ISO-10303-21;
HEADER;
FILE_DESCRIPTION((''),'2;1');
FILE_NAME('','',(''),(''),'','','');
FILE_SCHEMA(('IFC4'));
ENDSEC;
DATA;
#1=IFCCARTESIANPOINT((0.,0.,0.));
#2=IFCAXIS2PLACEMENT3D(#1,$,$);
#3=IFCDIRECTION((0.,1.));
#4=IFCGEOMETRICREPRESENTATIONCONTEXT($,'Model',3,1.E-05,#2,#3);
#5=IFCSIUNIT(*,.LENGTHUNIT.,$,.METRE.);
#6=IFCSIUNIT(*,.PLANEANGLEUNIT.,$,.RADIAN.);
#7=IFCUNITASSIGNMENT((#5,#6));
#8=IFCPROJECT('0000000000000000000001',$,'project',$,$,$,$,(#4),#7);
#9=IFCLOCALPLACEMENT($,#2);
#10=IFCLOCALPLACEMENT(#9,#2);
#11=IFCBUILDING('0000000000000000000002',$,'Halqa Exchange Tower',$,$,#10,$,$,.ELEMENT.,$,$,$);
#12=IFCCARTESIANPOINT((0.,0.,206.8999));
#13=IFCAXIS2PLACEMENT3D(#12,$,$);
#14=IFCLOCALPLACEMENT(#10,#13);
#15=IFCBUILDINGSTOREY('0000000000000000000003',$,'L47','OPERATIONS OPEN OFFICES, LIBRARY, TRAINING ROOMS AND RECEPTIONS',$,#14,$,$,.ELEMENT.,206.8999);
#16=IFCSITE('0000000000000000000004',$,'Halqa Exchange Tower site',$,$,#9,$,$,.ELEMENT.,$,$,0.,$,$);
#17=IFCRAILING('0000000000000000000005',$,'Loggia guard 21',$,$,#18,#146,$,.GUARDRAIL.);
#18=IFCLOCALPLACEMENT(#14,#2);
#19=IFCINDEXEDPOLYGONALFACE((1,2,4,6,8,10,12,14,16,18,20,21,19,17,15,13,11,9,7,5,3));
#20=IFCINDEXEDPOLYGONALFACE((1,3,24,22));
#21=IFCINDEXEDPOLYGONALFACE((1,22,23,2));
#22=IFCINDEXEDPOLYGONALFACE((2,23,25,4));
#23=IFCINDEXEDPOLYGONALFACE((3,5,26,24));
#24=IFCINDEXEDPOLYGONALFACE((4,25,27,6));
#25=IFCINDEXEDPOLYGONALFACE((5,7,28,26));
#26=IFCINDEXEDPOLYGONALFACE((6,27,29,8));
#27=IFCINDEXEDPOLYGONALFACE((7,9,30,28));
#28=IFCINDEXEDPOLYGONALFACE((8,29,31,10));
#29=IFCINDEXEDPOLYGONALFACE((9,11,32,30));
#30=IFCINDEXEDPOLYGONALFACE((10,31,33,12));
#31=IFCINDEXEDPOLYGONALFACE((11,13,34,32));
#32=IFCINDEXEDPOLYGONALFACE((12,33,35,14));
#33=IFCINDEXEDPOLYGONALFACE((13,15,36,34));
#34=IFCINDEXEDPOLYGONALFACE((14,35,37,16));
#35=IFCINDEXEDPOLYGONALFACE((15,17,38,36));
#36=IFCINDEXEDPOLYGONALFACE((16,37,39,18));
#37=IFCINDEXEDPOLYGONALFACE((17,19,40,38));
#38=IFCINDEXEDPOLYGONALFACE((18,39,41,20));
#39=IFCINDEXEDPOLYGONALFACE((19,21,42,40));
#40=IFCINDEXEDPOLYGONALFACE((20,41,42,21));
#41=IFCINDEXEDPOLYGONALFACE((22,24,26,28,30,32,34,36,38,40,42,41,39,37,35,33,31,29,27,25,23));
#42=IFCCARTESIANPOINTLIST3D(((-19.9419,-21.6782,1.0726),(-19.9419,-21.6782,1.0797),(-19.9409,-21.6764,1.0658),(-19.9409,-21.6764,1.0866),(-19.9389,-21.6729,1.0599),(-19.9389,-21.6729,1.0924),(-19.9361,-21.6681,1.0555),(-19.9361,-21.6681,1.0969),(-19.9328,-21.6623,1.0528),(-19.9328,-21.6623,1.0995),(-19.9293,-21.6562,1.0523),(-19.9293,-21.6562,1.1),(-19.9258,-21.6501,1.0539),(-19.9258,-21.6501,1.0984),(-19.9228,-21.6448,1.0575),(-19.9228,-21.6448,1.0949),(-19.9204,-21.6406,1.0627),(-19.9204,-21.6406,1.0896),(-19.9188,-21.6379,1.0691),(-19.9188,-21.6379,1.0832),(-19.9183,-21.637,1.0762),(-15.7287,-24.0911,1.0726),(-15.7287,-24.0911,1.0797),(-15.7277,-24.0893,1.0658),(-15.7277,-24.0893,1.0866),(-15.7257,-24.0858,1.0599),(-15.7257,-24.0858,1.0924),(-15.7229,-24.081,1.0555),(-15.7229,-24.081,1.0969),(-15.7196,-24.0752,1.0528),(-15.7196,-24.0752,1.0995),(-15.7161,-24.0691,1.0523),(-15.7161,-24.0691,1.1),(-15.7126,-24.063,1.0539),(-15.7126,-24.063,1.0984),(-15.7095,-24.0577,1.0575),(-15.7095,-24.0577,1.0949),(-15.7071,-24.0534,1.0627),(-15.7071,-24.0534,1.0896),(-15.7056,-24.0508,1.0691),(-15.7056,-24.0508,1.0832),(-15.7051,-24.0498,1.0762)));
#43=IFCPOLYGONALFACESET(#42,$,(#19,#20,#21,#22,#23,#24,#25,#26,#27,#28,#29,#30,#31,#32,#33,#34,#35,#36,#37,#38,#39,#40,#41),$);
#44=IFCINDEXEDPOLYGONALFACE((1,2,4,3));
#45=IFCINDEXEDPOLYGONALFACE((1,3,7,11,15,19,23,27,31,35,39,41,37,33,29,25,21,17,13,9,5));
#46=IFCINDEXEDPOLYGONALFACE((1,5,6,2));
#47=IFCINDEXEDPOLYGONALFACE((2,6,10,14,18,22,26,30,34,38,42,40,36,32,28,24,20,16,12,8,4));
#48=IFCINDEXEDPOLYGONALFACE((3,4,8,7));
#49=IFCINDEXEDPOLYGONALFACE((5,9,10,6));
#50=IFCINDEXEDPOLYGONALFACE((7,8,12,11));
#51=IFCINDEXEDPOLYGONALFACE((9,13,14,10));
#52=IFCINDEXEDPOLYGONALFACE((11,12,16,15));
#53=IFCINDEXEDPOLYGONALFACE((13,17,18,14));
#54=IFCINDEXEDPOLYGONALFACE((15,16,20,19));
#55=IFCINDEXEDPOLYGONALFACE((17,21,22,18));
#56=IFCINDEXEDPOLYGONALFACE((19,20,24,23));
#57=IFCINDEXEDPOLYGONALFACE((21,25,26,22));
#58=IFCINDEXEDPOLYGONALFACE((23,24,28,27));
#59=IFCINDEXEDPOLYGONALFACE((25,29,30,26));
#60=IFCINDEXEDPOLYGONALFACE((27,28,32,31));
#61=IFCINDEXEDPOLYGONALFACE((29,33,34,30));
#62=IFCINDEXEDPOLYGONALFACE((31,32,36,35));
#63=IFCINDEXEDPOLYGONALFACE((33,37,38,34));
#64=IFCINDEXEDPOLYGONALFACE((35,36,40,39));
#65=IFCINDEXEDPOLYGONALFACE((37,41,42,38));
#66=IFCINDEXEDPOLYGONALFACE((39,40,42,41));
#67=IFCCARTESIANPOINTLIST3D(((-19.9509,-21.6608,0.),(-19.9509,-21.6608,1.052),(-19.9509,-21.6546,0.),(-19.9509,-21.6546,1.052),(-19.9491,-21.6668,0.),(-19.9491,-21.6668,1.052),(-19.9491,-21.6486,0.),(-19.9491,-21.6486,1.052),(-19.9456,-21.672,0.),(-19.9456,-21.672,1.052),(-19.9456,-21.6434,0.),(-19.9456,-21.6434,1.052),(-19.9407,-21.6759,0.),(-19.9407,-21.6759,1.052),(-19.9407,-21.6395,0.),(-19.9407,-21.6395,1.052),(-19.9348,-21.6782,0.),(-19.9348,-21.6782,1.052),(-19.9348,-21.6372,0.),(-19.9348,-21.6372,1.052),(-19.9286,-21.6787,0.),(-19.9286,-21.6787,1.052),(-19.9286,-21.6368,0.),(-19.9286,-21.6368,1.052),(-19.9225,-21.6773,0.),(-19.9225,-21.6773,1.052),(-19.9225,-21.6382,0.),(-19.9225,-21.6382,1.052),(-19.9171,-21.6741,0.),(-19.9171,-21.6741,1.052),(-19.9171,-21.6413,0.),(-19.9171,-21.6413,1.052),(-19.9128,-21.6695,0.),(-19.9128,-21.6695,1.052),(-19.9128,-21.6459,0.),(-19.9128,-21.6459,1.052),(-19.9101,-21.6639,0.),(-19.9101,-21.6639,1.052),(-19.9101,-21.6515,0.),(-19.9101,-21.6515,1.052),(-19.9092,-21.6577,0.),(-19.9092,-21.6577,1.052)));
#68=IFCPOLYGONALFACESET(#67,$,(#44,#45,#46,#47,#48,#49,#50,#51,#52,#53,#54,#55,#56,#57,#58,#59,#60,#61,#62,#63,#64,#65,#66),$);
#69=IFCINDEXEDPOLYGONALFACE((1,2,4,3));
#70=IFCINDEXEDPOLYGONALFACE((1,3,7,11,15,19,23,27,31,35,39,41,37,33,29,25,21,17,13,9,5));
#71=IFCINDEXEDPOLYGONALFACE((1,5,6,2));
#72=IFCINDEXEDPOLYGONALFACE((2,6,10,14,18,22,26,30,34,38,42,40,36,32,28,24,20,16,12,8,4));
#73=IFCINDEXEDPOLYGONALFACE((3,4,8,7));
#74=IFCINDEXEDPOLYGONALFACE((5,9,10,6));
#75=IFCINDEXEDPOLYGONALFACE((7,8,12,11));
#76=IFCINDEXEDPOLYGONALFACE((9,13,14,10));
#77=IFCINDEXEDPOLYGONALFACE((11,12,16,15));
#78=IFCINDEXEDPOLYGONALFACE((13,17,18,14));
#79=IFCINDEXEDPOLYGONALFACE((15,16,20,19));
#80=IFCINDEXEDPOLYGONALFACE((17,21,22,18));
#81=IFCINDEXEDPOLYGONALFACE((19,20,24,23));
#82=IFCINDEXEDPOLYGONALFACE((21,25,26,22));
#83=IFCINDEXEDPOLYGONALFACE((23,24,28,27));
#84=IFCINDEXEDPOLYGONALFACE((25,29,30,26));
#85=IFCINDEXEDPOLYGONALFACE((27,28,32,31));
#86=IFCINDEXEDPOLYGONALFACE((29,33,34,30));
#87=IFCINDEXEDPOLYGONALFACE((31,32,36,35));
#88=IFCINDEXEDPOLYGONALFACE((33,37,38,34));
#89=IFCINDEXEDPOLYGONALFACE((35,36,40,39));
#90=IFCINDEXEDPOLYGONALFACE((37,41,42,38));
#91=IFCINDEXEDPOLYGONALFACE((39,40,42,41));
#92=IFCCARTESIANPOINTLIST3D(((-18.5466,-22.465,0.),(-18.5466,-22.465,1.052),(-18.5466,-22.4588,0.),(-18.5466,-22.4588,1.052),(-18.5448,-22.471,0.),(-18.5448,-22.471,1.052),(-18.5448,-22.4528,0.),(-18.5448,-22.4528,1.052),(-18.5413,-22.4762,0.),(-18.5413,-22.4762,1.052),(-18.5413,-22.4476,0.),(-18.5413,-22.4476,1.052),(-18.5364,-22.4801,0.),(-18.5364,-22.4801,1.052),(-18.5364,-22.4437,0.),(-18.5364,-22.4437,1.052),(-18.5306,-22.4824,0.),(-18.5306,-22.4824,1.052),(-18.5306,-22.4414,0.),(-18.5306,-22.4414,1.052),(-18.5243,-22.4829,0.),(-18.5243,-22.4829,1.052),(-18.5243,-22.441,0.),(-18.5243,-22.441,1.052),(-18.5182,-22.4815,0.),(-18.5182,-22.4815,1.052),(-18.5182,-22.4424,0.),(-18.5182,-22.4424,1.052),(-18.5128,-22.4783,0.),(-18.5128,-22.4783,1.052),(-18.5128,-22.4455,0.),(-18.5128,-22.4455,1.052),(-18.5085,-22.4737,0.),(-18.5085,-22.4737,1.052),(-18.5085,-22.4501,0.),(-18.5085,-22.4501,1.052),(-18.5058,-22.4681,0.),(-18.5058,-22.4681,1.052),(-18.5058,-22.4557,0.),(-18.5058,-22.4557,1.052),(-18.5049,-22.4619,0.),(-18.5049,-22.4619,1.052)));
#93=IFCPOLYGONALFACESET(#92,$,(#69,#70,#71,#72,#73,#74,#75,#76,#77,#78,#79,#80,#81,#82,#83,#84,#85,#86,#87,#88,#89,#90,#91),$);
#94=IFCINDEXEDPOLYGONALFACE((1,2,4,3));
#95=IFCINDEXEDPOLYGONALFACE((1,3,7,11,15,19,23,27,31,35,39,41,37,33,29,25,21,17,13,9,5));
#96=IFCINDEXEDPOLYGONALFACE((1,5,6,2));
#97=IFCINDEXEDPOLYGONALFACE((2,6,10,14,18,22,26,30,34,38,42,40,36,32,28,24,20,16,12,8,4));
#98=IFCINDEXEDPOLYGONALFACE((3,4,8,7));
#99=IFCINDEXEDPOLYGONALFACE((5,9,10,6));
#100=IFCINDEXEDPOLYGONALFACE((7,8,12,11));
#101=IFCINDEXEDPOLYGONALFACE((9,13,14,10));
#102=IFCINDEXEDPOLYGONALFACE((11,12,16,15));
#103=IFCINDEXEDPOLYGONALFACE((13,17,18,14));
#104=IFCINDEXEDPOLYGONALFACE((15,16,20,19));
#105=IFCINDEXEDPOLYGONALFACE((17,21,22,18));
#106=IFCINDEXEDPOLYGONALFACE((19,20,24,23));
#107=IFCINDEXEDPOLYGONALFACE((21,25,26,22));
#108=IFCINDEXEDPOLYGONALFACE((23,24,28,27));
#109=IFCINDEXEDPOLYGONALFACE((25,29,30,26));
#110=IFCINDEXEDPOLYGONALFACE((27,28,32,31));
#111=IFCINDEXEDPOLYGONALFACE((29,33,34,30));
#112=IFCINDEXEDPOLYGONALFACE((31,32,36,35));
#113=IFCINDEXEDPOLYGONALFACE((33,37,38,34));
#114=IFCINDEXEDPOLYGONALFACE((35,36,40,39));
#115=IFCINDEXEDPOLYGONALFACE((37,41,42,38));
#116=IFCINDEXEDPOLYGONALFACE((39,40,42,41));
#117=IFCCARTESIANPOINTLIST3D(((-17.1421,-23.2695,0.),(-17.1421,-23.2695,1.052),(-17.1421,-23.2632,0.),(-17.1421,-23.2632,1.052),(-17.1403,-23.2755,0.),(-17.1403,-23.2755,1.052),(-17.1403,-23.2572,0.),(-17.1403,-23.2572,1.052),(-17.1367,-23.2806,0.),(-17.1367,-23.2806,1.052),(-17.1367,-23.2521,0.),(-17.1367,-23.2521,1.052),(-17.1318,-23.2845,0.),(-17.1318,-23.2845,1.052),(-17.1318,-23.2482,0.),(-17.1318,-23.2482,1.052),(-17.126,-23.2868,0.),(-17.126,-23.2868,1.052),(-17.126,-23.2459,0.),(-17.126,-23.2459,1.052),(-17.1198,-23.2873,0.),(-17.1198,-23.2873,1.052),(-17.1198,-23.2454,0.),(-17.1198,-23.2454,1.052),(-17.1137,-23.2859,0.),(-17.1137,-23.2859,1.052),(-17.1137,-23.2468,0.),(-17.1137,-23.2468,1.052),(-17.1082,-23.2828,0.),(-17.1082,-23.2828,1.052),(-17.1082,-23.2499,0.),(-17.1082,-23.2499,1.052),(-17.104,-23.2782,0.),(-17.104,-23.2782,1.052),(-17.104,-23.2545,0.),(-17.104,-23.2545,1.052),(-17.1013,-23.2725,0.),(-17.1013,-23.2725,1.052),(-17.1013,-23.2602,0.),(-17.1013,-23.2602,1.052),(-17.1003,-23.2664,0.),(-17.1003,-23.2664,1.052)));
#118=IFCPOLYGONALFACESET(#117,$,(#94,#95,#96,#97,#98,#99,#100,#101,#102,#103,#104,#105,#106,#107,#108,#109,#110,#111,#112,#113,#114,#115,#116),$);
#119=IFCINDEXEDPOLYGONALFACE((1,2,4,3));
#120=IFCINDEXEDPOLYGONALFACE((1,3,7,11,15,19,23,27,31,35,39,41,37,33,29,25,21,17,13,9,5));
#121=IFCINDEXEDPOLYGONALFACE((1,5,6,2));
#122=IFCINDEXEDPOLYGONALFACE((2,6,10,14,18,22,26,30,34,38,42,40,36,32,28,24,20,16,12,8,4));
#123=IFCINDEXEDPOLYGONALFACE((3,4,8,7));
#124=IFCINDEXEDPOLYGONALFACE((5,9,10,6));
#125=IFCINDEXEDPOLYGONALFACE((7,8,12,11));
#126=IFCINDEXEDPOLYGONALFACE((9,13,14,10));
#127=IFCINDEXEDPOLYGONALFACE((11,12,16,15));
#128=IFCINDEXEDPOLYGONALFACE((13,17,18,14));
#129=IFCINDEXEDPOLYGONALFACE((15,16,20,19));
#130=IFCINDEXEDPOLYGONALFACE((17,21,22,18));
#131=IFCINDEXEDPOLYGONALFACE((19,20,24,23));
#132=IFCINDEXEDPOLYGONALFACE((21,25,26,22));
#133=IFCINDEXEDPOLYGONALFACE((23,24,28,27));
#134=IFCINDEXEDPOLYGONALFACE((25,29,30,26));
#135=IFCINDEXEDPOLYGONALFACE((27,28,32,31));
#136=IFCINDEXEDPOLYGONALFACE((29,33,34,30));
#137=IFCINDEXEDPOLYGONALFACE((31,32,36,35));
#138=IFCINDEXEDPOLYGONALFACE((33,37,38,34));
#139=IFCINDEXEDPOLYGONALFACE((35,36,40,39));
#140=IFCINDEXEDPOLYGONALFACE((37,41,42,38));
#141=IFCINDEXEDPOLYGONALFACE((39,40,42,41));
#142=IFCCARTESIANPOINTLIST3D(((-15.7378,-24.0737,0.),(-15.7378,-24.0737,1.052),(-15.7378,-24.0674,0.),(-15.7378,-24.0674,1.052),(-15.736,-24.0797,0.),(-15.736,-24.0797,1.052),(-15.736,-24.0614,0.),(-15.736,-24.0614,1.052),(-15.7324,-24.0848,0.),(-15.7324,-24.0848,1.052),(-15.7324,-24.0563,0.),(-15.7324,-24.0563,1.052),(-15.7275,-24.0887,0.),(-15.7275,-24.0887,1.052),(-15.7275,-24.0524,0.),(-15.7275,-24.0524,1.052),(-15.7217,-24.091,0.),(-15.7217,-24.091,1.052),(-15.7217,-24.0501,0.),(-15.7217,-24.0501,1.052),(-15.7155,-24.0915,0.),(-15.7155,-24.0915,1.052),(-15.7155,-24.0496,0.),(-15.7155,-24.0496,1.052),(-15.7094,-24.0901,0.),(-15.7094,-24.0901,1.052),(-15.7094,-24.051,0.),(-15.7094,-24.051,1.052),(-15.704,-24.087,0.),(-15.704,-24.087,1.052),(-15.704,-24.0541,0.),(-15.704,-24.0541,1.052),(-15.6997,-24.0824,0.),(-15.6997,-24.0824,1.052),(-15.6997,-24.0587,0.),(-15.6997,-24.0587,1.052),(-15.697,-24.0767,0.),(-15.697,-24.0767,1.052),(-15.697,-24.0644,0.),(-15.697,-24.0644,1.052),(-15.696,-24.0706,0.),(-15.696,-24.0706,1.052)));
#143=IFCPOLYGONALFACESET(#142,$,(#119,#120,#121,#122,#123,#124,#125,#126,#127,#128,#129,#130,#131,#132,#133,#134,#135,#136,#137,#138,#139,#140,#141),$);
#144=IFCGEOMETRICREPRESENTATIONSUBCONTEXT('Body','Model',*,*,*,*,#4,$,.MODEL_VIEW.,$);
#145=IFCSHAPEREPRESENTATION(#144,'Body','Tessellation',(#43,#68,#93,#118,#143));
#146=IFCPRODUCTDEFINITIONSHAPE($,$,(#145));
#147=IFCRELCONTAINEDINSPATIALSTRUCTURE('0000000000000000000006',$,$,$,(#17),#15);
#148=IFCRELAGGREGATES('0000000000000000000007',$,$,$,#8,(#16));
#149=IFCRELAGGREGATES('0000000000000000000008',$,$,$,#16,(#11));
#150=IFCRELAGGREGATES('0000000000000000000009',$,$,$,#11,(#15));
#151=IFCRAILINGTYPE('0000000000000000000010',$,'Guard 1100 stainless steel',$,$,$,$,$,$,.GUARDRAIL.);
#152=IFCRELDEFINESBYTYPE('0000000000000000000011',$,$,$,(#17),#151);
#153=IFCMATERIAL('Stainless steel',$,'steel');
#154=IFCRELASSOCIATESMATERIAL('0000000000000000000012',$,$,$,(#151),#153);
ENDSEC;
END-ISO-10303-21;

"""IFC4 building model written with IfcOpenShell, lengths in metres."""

from ifc_helpers import new_model, si_unit, direction, frame, origin, origin_2d, place, context, subcontext, project, spatial, circle, extrude, material, type_object, element, save


model = new_model("IFC4")

# Units and contexts
model_context = context("Model", 3, precision=1e-05, world=origin(), true_north=direction((0.0, 1.0)))
body_context = subcontext(model_context, "Body", "Model", "MODEL_VIEW")
ifc_project = project(units=[si_unit("LENGTHUNIT", "METRE"), si_unit("PLANEANGLEUNIT", "RADIAN")], contexts=[model_context])

# Site, building, storey
site_placement = place(None, origin())
site = spatial("IfcSite", under=ifc_project, at=site_placement, Name="Halqa Exchange Tower site", CompositionType="ELEMENT", RefElevation=0.0)
building_placement = place(site_placement, origin())
building = spatial("IfcBuilding", under=site, at=building_placement, Name="Halqa Exchange Tower", CompositionType="ELEMENT")
storey_placement = place(building_placement, frame((0.0, 0.0, 206.8999)))
storey = spatial("IfcBuildingStorey", under=building, at=storey_placement, Name="L47", Description="OPERATIONS OPEN OFFICES, LIBRARY, TRAINING ROOMS AND RECEPTIONS", CompositionType="ELEMENT", Elevation=206.8999)

# Railing
ifc_material_1 = material(Name="Stainless steel", Category="steel")
railing_type = type_object("IfcRailingType", Name="Guard 1100 stainless steel", PredefinedType="GUARDRAIL", material=ifc_material_1)
railing_1_placement = place(storey_placement, frame((-19.9302, -21.6577, 0.0)))
element("IfcRailing", 1, at=railing_1_placement, inside=storey, type_object=railing_type, Name="Loggia guard 21", PredefinedType="GUARDRAIL", context=body_context, shape_type="SweptSolid", body=[
    extrude(circle(Radius=0.0239, at=origin_2d()), frame((0.0, 0.0, 1.0762), z_axis=(0.867769, -0.496967, 0.0), x_axis=(0.496967, 0.867769, 0.0)), (0.0, 0.0, 1.0), 4.8552),
    extrude(circle(Radius=0.021, at=origin_2d()), origin(), (0.0, 0.0, 1.0), 1.052),
    extrude(circle(Radius=0.021, at=origin_2d()), frame((1.4043, -0.8042, 0.0)), (0.0, 0.0, 1.0), 1.052),
    extrude(circle(Radius=0.021, at=origin_2d()), frame((2.8088, -1.6086, 0.0)), (0.0, 0.0, 1.0), 1.052),
    extrude(circle(Radius=0.021, at=origin_2d()), frame((4.2131, -2.4128, 0.0)), (0.0, 0.0, 1.0), 1.052),
])

save(model, "model.ifc")
